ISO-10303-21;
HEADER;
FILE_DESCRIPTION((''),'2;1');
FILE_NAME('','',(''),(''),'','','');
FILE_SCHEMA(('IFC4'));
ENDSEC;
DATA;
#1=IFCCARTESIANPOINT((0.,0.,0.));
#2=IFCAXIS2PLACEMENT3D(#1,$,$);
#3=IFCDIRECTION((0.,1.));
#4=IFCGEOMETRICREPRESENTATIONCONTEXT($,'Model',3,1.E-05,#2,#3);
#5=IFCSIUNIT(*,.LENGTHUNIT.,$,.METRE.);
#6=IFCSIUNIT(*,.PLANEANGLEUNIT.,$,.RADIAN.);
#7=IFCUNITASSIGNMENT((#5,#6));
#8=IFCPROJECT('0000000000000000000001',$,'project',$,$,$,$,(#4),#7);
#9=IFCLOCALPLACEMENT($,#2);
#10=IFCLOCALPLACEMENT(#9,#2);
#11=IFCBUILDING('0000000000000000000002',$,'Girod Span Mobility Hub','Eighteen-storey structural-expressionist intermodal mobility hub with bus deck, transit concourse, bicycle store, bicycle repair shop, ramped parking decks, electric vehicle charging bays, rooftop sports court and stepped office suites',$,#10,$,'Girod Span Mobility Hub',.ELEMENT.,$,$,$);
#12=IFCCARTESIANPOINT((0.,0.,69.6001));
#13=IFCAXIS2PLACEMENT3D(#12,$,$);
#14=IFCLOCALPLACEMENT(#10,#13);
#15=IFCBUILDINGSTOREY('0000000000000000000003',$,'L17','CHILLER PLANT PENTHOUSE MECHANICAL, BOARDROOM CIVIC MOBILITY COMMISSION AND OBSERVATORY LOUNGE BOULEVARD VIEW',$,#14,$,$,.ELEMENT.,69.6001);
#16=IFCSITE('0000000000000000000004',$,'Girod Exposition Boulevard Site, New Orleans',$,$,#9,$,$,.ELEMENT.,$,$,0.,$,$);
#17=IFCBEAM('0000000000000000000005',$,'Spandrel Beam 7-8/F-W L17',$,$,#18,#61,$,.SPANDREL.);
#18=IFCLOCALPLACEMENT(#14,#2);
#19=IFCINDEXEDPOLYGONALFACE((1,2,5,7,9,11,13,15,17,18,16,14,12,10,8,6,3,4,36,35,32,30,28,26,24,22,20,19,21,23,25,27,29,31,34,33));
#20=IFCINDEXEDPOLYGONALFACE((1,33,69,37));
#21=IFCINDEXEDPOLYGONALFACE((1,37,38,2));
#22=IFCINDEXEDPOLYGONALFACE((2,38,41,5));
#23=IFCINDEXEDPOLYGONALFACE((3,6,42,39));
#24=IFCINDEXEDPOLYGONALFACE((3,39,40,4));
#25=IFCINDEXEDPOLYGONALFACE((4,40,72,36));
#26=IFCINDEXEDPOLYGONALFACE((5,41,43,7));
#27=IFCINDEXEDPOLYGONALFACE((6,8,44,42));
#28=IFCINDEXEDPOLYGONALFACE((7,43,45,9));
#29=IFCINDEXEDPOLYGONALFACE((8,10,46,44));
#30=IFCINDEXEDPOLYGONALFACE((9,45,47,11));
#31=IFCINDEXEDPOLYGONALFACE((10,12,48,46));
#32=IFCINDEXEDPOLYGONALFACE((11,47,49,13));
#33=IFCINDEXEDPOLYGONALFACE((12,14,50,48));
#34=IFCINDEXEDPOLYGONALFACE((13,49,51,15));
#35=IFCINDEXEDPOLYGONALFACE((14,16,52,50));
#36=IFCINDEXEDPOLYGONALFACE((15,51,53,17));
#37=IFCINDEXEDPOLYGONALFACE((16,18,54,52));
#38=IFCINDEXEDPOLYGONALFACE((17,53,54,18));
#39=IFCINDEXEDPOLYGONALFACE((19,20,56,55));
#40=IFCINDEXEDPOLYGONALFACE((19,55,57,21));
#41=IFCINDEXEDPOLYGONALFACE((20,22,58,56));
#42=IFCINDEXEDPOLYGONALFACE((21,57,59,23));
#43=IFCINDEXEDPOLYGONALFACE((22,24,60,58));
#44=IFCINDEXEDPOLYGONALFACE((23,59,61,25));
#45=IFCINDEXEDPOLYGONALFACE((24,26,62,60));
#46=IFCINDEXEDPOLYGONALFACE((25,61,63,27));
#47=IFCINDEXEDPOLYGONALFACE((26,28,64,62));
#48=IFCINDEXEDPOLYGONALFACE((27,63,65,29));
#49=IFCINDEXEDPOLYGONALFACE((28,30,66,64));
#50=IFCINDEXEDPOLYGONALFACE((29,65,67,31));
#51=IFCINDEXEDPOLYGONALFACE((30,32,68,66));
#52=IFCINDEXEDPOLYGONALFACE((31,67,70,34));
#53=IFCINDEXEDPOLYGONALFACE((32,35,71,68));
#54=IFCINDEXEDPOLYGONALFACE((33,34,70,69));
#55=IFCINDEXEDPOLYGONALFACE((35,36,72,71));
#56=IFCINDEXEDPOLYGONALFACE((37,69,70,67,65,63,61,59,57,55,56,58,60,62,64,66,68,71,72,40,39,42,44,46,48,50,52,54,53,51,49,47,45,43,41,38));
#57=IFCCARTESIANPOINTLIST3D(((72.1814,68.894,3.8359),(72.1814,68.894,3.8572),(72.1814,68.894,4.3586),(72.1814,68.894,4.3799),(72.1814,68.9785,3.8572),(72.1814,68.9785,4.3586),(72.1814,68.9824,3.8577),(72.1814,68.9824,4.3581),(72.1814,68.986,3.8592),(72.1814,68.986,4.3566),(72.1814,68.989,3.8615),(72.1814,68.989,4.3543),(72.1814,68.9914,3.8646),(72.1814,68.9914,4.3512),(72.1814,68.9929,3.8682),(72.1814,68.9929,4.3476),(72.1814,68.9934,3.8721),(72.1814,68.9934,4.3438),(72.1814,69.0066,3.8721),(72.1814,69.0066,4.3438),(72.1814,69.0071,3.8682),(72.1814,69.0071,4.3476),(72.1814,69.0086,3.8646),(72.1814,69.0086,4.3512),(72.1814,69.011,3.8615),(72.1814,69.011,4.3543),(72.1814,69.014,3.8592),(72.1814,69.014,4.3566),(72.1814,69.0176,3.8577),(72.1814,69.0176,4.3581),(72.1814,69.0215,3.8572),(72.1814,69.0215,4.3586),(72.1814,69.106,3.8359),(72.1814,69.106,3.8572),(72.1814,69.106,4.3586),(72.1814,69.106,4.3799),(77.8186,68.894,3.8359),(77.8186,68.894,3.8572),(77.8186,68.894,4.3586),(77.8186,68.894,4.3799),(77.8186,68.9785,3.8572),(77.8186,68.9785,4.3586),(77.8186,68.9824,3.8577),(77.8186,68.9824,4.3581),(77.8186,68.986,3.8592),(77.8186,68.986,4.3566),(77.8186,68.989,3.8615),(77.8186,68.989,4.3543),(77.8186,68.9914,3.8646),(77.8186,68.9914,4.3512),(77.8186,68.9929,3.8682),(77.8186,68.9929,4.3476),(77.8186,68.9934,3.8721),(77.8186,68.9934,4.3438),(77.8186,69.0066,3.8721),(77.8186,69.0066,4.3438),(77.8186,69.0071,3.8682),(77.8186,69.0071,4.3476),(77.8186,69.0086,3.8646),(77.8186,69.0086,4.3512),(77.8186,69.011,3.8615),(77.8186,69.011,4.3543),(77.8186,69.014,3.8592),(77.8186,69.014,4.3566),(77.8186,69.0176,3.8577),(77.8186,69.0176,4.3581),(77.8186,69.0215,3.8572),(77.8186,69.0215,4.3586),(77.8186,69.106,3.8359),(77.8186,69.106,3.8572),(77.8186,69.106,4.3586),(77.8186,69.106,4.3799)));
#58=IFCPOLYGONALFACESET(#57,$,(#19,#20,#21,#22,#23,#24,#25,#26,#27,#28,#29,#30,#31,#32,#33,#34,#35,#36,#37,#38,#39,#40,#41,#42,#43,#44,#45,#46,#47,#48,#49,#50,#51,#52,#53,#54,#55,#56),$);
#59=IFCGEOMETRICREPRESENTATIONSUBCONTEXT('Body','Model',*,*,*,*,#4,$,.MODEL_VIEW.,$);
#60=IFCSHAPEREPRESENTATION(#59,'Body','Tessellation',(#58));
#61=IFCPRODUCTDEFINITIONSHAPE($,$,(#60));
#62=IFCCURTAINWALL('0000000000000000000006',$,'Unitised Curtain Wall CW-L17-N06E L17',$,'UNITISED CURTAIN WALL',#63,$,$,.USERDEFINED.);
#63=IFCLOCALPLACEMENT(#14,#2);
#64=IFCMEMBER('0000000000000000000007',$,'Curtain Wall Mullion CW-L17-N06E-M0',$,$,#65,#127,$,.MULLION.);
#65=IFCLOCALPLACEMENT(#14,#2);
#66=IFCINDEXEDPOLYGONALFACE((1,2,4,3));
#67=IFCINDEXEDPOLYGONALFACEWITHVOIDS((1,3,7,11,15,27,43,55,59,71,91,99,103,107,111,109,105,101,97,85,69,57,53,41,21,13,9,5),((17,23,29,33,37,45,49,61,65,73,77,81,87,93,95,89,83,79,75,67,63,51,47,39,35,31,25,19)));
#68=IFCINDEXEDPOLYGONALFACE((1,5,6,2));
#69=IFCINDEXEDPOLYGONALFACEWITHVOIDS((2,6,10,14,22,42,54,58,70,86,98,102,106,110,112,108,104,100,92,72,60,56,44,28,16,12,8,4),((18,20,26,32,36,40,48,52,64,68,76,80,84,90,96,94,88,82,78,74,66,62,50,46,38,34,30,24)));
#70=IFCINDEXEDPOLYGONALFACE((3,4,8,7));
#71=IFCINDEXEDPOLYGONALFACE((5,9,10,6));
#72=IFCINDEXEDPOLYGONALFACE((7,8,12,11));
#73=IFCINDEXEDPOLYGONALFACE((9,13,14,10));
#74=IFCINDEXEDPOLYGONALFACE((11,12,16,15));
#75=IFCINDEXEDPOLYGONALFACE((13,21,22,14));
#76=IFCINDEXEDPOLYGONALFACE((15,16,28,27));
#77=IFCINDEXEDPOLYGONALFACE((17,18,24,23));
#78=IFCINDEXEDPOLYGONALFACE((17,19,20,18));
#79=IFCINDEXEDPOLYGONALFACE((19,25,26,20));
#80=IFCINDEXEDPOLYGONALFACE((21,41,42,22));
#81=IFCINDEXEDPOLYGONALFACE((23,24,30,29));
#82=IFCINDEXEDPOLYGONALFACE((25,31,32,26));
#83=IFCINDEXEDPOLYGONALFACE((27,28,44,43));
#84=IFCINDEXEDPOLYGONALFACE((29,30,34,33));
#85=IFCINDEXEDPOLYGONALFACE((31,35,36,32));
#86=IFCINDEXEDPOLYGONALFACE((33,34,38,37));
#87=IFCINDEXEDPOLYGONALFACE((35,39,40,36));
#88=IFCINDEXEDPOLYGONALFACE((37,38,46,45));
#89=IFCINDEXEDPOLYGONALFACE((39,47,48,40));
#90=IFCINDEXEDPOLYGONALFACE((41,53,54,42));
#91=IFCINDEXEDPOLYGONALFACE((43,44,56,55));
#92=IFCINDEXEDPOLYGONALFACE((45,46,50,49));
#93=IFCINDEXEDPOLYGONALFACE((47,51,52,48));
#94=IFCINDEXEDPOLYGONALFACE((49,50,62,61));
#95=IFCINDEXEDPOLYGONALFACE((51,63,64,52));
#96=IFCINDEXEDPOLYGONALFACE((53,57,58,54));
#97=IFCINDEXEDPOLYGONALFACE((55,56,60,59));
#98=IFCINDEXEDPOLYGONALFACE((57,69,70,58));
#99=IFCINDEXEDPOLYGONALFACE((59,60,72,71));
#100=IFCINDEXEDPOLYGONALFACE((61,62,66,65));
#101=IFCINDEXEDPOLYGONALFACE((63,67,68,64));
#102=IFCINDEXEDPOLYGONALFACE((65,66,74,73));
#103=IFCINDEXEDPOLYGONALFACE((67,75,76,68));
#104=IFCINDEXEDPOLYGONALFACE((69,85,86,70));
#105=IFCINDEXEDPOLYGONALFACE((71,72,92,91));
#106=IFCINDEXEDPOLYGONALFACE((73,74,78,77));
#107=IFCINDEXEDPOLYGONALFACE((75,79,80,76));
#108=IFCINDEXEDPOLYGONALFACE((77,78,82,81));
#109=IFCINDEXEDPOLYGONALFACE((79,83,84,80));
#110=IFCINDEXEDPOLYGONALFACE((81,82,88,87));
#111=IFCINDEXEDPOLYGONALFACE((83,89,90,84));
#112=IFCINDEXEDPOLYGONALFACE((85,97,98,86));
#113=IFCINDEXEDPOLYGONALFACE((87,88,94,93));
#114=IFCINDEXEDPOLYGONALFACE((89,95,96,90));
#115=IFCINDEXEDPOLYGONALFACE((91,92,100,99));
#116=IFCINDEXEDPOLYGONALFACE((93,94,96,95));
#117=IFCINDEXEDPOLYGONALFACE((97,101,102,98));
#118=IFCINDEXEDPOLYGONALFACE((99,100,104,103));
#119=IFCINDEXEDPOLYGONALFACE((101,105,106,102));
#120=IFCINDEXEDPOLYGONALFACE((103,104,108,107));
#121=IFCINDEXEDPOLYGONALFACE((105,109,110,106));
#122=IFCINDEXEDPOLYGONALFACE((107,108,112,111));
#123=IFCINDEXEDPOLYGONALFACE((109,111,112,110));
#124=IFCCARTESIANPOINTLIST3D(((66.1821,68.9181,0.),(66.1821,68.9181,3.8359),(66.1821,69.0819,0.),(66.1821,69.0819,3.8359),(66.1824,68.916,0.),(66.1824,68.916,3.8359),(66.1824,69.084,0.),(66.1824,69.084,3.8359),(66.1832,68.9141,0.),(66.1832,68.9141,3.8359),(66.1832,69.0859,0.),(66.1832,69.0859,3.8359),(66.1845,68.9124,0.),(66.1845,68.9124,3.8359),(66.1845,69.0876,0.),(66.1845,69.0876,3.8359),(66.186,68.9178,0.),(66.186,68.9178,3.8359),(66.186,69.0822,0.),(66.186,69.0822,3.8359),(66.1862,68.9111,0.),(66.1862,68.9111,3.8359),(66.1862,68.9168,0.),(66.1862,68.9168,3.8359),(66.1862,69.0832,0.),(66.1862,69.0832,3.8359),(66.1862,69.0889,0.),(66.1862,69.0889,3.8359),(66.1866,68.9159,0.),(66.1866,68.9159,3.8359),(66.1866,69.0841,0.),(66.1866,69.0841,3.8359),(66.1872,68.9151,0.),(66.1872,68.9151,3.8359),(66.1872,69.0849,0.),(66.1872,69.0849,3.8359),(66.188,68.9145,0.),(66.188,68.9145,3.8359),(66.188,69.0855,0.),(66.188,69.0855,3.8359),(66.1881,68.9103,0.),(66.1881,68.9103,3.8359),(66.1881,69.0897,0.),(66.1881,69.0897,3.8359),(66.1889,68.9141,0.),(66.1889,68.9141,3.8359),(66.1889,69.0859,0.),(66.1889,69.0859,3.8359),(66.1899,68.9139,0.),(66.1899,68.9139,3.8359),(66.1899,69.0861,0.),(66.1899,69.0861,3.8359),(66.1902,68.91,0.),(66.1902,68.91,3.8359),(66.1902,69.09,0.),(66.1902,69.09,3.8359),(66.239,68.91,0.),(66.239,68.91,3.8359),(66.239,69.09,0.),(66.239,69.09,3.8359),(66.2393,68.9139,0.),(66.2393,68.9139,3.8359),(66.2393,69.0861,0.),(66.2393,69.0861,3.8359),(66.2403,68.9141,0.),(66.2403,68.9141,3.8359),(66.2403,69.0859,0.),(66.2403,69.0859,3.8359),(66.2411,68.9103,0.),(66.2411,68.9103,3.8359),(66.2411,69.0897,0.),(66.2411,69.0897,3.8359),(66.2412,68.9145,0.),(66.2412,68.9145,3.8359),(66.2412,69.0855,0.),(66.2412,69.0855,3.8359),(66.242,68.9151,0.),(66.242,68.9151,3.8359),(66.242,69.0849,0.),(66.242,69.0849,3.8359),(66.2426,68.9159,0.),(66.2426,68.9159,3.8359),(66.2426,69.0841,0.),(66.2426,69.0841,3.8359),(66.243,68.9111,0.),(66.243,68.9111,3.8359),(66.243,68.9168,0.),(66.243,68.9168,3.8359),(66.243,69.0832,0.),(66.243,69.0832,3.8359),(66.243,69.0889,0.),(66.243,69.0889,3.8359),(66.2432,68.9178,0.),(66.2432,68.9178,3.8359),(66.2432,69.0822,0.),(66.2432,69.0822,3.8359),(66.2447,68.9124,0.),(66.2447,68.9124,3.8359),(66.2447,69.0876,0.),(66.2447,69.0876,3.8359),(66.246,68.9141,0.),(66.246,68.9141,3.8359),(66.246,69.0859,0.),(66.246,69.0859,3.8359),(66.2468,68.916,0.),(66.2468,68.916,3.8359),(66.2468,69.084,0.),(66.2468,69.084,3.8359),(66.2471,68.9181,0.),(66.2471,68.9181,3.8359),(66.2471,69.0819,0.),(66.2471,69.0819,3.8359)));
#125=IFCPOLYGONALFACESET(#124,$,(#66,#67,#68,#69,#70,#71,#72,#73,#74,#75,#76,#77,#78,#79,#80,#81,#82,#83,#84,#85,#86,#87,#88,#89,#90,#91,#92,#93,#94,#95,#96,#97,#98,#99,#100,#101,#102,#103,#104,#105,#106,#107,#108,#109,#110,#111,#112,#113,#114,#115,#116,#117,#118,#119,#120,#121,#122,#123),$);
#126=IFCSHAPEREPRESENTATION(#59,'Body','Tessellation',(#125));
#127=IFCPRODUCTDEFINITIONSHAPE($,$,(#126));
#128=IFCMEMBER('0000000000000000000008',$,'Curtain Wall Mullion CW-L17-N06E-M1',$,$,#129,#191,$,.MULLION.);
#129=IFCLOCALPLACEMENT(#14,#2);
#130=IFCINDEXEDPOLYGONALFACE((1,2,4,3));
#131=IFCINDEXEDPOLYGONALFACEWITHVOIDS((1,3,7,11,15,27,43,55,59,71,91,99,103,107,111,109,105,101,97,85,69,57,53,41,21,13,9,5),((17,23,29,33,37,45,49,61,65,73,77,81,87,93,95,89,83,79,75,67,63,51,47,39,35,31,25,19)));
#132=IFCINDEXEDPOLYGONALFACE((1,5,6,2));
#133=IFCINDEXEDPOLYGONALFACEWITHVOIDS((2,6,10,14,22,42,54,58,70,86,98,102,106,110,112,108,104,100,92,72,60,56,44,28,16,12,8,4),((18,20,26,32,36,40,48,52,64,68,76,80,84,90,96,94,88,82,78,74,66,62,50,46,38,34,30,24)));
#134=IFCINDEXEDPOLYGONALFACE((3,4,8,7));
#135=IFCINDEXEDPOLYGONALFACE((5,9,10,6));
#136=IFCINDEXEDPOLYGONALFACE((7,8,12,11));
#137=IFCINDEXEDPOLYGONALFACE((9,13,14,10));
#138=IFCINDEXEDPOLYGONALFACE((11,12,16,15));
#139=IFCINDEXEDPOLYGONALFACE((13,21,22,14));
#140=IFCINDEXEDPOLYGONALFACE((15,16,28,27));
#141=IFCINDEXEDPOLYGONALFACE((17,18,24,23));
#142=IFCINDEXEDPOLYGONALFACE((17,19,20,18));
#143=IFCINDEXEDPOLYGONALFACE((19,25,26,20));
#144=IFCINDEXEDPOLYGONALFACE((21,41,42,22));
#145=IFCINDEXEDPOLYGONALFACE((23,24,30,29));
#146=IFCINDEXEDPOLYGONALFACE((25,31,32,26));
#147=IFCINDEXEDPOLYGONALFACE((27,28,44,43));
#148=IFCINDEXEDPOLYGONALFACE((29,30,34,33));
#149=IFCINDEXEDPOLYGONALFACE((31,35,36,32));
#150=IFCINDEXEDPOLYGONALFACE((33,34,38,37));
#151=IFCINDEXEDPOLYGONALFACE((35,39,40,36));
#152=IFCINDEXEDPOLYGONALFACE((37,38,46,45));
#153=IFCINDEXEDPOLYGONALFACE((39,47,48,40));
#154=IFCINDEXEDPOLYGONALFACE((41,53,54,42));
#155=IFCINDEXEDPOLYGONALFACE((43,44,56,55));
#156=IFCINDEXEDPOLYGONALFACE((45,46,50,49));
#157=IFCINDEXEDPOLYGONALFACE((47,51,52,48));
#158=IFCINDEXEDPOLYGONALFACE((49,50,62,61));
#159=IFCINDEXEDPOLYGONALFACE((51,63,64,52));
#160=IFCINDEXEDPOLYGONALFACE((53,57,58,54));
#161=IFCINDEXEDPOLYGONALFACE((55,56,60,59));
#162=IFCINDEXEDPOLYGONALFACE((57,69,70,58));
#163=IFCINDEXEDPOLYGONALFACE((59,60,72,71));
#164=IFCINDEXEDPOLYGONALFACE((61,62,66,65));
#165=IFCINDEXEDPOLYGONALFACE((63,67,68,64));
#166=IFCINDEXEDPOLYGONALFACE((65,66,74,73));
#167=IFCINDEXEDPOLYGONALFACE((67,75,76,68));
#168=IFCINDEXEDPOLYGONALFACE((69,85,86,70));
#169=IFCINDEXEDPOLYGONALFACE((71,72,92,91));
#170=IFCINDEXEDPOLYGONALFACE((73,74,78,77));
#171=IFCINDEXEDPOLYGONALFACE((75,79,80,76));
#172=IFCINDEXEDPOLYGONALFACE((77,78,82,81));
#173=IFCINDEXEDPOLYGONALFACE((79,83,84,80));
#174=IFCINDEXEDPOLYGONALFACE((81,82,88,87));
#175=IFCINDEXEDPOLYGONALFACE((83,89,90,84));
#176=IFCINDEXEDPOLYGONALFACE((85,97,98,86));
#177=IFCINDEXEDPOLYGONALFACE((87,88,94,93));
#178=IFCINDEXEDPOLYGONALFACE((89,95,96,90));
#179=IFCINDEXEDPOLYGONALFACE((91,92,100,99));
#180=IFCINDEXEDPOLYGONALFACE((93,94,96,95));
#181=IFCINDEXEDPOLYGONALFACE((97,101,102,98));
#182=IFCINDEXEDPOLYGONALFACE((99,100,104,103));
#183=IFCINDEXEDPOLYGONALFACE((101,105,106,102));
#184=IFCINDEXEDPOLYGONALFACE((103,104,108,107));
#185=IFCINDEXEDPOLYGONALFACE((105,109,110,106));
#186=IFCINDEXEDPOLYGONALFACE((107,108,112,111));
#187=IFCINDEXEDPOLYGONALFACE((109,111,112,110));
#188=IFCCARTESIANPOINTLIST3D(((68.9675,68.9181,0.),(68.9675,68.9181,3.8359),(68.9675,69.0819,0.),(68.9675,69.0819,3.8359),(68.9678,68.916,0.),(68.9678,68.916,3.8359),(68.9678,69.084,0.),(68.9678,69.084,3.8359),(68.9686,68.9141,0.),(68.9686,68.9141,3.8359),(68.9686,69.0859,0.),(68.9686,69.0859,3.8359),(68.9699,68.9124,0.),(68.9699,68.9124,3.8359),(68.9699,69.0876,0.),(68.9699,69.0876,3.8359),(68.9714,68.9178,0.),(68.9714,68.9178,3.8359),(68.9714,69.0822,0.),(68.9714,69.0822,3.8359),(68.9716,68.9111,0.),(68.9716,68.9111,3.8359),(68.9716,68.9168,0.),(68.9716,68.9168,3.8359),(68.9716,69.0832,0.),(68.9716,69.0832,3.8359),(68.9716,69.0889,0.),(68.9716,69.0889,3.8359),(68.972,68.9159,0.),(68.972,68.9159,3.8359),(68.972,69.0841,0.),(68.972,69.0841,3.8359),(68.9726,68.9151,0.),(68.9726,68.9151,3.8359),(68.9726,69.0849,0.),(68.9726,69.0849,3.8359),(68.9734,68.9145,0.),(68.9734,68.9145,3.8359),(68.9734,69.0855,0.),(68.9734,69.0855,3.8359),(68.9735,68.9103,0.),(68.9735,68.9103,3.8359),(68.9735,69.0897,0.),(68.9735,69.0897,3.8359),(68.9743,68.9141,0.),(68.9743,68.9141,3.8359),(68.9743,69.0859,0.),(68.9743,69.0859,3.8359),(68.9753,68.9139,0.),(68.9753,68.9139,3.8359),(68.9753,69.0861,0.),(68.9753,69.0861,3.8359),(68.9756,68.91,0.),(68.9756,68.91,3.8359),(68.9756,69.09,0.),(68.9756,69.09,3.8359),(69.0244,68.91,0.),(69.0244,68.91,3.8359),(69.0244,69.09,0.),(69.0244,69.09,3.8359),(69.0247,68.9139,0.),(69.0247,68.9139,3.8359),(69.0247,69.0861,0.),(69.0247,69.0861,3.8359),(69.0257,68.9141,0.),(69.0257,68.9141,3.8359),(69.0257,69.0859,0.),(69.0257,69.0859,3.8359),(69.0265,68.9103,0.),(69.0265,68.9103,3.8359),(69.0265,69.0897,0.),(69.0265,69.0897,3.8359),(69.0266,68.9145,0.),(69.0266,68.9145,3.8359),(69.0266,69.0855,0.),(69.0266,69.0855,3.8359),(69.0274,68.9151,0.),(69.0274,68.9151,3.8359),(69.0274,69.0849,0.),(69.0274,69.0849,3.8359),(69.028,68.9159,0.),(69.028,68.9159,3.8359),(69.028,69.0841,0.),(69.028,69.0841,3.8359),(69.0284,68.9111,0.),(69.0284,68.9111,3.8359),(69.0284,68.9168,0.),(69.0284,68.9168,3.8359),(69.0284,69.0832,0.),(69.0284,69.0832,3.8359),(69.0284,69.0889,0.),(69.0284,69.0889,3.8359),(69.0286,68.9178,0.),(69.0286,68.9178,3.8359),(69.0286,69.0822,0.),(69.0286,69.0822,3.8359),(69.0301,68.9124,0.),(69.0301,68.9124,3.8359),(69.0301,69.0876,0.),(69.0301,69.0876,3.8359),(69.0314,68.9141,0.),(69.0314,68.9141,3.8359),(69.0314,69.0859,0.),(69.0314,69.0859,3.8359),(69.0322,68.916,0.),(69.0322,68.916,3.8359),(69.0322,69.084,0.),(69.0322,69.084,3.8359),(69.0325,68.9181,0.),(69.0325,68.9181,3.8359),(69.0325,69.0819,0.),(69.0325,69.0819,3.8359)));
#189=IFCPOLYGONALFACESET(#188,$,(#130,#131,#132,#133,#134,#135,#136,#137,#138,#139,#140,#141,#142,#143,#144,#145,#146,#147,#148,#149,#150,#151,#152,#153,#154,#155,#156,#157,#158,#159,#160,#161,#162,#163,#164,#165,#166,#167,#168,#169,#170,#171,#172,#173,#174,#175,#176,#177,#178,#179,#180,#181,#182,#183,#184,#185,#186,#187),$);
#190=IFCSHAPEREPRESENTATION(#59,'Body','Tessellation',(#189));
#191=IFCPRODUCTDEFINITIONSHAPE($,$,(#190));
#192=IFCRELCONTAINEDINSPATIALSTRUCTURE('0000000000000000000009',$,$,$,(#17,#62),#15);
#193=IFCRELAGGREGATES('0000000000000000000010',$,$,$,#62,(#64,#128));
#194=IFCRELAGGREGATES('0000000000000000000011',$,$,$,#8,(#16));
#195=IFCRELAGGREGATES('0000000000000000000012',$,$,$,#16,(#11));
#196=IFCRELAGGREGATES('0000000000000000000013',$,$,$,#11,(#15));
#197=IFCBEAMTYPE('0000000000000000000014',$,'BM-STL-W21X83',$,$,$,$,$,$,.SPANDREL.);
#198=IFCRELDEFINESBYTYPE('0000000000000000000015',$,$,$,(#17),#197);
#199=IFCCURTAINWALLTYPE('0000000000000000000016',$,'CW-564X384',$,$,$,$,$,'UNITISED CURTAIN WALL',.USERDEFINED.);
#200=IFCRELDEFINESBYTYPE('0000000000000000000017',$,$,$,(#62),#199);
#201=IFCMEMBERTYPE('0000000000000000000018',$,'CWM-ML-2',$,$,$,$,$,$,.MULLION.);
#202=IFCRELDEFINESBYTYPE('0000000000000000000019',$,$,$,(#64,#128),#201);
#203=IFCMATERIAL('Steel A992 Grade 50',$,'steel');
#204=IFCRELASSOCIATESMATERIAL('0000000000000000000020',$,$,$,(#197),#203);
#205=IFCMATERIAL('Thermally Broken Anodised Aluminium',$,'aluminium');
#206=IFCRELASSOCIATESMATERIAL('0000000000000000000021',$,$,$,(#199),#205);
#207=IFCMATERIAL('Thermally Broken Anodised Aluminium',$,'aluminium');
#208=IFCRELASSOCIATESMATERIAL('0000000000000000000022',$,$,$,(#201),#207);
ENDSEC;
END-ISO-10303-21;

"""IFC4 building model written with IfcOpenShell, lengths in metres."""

from ifc_helpers import new_model, si_unit, direction, frame, origin, origin_2d, place, context, subcontext, project, spatial, hollow_rectangle, i_section, extrude, material, material_profile, profile_set, type_object, element, aggregate, save


model = new_model("IFC4")

# Units and contexts
model_context = context("Model", 3, precision=1e-05, world=origin(), true_north=direction((0.0, 1.0)))
body_context = subcontext(model_context, "Body", "Model", "MODEL_VIEW")
ifc_project = project(units=[si_unit("LENGTHUNIT", "METRE"), si_unit("PLANEANGLEUNIT", "RADIAN")], contexts=[model_context])

# Site, building, storey
site_placement = place(None, origin())
site = spatial("IfcSite", under=ifc_project, at=site_placement, Name="Girod Exposition Boulevard Site, New Orleans", CompositionType="ELEMENT", RefElevation=0.0)
building_placement = place(site_placement, origin())
building = spatial("IfcBuilding", under=site, at=building_placement, Name="Girod Span Mobility Hub", Description="Eighteen-storey structural-expressionist intermodal mobility hub with bus deck, transit concourse, bicycle store, bicycle repair shop, ramped parking decks, electric vehicle charging bays, rooftop sports court and stepped office suites", LongName="Girod Span Mobility Hub", CompositionType="ELEMENT")
storey_placement = place(building_placement, frame((0.0, 0.0, 69.6001)))
storey = spatial("IfcBuildingStorey", under=building, at=storey_placement, Name="L17", Description="CHILLER PLANT PENTHOUSE MECHANICAL, BOARDROOM CIVIC MOBILITY COMMISSION AND OBSERVATORY LOUNGE BOULEVARD VIEW", CompositionType="ELEMENT", Elevation=69.6001)

# Beam
ifc_material_1 = material(Name="Steel A992 Grade 50", Category="steel")
ifc_material_profile_1 = material_profile(ifc_material_1, i_section(OverallWidth=0.2119, OverallDepth=0.5439, WebThickness=0.0132, FlangeThickness=0.0212, FilletRadius=0.0149, at=origin_2d()), Name="W21X83")
ifc_profile_set_1 = profile_set([ifc_material_profile_1], Name="Steel A992 Grade 50")
beam_type_1 = type_object("IfcBeamType", Name="BM-STL-W21X83", PredefinedType="SPANDREL", material=ifc_profile_set_1)
for number, where, z_axis, x_axis, name in (
    (1, (72.1814, 69.0, 4.1079), (1.0, 0.0, 0.0), (0.0, 1.0, 0.0), "Spandrel Beam 7-8/F-W L17"),
):
    element("IfcBeam", number, at=place(storey_placement, frame(where, z_axis=z_axis, x_axis=x_axis)), inside=storey, type_object=beam_type_1, Name=name, PredefinedType="SPANDREL", context=body_context, shape_type="SweptSolid", body=[
        extrude(i_section(OverallWidth=0.2119, OverallDepth=0.5439, WebThickness=0.0132, FlangeThickness=0.0212, FilletRadius=0.0149, at=origin_2d()), origin(), (0.0, 0.0, 1.0), 5.6372),
    ])

# Curtain wall, members
ifc_material_2 = material(Name="Thermally Broken Anodised Aluminium", Category="aluminium")
curtain_wall_type = type_object("IfcCurtainWallType", Name="CW-564X384", ElementType="UNITISED CURTAIN WALL", PredefinedType="USERDEFINED", material=ifc_material_2)
curtain_wall_1_placement = place(storey_placement, origin())
curtain_wall_1 = element("IfcCurtainWall", 2, at=curtain_wall_1_placement, inside=storey, type_object=curtain_wall_type, Name="Unitised Curtain Wall CW-L17-N06E L17", ObjectType="UNITISED CURTAIN WALL", PredefinedType="USERDEFINED")
ifc_material_3 = material(Name="Thermally Broken Anodised Aluminium", Category="aluminium")
ifc_material_profile_2 = material_profile(ifc_material_3, hollow_rectangle(XDim=0.1799, YDim=0.0649, WallThickness=0.0039, InnerFilletRadius=0.0039, OuterFilletRadius=0.0081, at=origin_2d()), Name="CW-ML-65X180")
ifc_profile_set_2 = profile_set([ifc_material_profile_2], Name="Thermally Broken Anodised Aluminium")
member_type_1 = type_object("IfcMemberType", Name="CWM-ML-2", PredefinedType="MULLION", material=ifc_profile_set_2)
member_1_placement = place(storey_placement, frame((66.2146, 69.0, 0.0), z_axis=(0.0, 0.0, 1.0), x_axis=(0.0, 1.0, 0.0)))
member_1 = element("IfcMember", 3, at=member_1_placement, type_object=member_type_1, Name="Curtain Wall Mullion CW-L17-N06E-M0", PredefinedType="MULLION", context=body_context, shape_type="SweptSolid", body=[
    extrude(hollow_rectangle(XDim=0.1799, YDim=0.0649, WallThickness=0.0039, InnerFilletRadius=0.0039, OuterFilletRadius=0.0081, at=origin_2d()), origin(), (0.0, 0.0, 1.0), 3.8359),
])
member_2_placement = place(storey_placement, frame((69.0, 69.0, 0.0), z_axis=(0.0, 0.0, 1.0), x_axis=(0.0, 1.0, 0.0)))
member_2 = element("IfcMember", 4, at=member_2_placement, type_object=member_type_1, Name="Curtain Wall Mullion CW-L17-N06E-M1", PredefinedType="MULLION", context=body_context, shape_type="SweptSolid", body=[
    extrude(hollow_rectangle(XDim=0.1799, YDim=0.0649, WallThickness=0.0039, InnerFilletRadius=0.0039, OuterFilletRadius=0.0081, at=origin_2d()), origin(), (0.0, 0.0, 1.0), 3.8359),
])

aggregate(curtain_wall_1, [member_1, member_2])

save(model, "model.ifc")
